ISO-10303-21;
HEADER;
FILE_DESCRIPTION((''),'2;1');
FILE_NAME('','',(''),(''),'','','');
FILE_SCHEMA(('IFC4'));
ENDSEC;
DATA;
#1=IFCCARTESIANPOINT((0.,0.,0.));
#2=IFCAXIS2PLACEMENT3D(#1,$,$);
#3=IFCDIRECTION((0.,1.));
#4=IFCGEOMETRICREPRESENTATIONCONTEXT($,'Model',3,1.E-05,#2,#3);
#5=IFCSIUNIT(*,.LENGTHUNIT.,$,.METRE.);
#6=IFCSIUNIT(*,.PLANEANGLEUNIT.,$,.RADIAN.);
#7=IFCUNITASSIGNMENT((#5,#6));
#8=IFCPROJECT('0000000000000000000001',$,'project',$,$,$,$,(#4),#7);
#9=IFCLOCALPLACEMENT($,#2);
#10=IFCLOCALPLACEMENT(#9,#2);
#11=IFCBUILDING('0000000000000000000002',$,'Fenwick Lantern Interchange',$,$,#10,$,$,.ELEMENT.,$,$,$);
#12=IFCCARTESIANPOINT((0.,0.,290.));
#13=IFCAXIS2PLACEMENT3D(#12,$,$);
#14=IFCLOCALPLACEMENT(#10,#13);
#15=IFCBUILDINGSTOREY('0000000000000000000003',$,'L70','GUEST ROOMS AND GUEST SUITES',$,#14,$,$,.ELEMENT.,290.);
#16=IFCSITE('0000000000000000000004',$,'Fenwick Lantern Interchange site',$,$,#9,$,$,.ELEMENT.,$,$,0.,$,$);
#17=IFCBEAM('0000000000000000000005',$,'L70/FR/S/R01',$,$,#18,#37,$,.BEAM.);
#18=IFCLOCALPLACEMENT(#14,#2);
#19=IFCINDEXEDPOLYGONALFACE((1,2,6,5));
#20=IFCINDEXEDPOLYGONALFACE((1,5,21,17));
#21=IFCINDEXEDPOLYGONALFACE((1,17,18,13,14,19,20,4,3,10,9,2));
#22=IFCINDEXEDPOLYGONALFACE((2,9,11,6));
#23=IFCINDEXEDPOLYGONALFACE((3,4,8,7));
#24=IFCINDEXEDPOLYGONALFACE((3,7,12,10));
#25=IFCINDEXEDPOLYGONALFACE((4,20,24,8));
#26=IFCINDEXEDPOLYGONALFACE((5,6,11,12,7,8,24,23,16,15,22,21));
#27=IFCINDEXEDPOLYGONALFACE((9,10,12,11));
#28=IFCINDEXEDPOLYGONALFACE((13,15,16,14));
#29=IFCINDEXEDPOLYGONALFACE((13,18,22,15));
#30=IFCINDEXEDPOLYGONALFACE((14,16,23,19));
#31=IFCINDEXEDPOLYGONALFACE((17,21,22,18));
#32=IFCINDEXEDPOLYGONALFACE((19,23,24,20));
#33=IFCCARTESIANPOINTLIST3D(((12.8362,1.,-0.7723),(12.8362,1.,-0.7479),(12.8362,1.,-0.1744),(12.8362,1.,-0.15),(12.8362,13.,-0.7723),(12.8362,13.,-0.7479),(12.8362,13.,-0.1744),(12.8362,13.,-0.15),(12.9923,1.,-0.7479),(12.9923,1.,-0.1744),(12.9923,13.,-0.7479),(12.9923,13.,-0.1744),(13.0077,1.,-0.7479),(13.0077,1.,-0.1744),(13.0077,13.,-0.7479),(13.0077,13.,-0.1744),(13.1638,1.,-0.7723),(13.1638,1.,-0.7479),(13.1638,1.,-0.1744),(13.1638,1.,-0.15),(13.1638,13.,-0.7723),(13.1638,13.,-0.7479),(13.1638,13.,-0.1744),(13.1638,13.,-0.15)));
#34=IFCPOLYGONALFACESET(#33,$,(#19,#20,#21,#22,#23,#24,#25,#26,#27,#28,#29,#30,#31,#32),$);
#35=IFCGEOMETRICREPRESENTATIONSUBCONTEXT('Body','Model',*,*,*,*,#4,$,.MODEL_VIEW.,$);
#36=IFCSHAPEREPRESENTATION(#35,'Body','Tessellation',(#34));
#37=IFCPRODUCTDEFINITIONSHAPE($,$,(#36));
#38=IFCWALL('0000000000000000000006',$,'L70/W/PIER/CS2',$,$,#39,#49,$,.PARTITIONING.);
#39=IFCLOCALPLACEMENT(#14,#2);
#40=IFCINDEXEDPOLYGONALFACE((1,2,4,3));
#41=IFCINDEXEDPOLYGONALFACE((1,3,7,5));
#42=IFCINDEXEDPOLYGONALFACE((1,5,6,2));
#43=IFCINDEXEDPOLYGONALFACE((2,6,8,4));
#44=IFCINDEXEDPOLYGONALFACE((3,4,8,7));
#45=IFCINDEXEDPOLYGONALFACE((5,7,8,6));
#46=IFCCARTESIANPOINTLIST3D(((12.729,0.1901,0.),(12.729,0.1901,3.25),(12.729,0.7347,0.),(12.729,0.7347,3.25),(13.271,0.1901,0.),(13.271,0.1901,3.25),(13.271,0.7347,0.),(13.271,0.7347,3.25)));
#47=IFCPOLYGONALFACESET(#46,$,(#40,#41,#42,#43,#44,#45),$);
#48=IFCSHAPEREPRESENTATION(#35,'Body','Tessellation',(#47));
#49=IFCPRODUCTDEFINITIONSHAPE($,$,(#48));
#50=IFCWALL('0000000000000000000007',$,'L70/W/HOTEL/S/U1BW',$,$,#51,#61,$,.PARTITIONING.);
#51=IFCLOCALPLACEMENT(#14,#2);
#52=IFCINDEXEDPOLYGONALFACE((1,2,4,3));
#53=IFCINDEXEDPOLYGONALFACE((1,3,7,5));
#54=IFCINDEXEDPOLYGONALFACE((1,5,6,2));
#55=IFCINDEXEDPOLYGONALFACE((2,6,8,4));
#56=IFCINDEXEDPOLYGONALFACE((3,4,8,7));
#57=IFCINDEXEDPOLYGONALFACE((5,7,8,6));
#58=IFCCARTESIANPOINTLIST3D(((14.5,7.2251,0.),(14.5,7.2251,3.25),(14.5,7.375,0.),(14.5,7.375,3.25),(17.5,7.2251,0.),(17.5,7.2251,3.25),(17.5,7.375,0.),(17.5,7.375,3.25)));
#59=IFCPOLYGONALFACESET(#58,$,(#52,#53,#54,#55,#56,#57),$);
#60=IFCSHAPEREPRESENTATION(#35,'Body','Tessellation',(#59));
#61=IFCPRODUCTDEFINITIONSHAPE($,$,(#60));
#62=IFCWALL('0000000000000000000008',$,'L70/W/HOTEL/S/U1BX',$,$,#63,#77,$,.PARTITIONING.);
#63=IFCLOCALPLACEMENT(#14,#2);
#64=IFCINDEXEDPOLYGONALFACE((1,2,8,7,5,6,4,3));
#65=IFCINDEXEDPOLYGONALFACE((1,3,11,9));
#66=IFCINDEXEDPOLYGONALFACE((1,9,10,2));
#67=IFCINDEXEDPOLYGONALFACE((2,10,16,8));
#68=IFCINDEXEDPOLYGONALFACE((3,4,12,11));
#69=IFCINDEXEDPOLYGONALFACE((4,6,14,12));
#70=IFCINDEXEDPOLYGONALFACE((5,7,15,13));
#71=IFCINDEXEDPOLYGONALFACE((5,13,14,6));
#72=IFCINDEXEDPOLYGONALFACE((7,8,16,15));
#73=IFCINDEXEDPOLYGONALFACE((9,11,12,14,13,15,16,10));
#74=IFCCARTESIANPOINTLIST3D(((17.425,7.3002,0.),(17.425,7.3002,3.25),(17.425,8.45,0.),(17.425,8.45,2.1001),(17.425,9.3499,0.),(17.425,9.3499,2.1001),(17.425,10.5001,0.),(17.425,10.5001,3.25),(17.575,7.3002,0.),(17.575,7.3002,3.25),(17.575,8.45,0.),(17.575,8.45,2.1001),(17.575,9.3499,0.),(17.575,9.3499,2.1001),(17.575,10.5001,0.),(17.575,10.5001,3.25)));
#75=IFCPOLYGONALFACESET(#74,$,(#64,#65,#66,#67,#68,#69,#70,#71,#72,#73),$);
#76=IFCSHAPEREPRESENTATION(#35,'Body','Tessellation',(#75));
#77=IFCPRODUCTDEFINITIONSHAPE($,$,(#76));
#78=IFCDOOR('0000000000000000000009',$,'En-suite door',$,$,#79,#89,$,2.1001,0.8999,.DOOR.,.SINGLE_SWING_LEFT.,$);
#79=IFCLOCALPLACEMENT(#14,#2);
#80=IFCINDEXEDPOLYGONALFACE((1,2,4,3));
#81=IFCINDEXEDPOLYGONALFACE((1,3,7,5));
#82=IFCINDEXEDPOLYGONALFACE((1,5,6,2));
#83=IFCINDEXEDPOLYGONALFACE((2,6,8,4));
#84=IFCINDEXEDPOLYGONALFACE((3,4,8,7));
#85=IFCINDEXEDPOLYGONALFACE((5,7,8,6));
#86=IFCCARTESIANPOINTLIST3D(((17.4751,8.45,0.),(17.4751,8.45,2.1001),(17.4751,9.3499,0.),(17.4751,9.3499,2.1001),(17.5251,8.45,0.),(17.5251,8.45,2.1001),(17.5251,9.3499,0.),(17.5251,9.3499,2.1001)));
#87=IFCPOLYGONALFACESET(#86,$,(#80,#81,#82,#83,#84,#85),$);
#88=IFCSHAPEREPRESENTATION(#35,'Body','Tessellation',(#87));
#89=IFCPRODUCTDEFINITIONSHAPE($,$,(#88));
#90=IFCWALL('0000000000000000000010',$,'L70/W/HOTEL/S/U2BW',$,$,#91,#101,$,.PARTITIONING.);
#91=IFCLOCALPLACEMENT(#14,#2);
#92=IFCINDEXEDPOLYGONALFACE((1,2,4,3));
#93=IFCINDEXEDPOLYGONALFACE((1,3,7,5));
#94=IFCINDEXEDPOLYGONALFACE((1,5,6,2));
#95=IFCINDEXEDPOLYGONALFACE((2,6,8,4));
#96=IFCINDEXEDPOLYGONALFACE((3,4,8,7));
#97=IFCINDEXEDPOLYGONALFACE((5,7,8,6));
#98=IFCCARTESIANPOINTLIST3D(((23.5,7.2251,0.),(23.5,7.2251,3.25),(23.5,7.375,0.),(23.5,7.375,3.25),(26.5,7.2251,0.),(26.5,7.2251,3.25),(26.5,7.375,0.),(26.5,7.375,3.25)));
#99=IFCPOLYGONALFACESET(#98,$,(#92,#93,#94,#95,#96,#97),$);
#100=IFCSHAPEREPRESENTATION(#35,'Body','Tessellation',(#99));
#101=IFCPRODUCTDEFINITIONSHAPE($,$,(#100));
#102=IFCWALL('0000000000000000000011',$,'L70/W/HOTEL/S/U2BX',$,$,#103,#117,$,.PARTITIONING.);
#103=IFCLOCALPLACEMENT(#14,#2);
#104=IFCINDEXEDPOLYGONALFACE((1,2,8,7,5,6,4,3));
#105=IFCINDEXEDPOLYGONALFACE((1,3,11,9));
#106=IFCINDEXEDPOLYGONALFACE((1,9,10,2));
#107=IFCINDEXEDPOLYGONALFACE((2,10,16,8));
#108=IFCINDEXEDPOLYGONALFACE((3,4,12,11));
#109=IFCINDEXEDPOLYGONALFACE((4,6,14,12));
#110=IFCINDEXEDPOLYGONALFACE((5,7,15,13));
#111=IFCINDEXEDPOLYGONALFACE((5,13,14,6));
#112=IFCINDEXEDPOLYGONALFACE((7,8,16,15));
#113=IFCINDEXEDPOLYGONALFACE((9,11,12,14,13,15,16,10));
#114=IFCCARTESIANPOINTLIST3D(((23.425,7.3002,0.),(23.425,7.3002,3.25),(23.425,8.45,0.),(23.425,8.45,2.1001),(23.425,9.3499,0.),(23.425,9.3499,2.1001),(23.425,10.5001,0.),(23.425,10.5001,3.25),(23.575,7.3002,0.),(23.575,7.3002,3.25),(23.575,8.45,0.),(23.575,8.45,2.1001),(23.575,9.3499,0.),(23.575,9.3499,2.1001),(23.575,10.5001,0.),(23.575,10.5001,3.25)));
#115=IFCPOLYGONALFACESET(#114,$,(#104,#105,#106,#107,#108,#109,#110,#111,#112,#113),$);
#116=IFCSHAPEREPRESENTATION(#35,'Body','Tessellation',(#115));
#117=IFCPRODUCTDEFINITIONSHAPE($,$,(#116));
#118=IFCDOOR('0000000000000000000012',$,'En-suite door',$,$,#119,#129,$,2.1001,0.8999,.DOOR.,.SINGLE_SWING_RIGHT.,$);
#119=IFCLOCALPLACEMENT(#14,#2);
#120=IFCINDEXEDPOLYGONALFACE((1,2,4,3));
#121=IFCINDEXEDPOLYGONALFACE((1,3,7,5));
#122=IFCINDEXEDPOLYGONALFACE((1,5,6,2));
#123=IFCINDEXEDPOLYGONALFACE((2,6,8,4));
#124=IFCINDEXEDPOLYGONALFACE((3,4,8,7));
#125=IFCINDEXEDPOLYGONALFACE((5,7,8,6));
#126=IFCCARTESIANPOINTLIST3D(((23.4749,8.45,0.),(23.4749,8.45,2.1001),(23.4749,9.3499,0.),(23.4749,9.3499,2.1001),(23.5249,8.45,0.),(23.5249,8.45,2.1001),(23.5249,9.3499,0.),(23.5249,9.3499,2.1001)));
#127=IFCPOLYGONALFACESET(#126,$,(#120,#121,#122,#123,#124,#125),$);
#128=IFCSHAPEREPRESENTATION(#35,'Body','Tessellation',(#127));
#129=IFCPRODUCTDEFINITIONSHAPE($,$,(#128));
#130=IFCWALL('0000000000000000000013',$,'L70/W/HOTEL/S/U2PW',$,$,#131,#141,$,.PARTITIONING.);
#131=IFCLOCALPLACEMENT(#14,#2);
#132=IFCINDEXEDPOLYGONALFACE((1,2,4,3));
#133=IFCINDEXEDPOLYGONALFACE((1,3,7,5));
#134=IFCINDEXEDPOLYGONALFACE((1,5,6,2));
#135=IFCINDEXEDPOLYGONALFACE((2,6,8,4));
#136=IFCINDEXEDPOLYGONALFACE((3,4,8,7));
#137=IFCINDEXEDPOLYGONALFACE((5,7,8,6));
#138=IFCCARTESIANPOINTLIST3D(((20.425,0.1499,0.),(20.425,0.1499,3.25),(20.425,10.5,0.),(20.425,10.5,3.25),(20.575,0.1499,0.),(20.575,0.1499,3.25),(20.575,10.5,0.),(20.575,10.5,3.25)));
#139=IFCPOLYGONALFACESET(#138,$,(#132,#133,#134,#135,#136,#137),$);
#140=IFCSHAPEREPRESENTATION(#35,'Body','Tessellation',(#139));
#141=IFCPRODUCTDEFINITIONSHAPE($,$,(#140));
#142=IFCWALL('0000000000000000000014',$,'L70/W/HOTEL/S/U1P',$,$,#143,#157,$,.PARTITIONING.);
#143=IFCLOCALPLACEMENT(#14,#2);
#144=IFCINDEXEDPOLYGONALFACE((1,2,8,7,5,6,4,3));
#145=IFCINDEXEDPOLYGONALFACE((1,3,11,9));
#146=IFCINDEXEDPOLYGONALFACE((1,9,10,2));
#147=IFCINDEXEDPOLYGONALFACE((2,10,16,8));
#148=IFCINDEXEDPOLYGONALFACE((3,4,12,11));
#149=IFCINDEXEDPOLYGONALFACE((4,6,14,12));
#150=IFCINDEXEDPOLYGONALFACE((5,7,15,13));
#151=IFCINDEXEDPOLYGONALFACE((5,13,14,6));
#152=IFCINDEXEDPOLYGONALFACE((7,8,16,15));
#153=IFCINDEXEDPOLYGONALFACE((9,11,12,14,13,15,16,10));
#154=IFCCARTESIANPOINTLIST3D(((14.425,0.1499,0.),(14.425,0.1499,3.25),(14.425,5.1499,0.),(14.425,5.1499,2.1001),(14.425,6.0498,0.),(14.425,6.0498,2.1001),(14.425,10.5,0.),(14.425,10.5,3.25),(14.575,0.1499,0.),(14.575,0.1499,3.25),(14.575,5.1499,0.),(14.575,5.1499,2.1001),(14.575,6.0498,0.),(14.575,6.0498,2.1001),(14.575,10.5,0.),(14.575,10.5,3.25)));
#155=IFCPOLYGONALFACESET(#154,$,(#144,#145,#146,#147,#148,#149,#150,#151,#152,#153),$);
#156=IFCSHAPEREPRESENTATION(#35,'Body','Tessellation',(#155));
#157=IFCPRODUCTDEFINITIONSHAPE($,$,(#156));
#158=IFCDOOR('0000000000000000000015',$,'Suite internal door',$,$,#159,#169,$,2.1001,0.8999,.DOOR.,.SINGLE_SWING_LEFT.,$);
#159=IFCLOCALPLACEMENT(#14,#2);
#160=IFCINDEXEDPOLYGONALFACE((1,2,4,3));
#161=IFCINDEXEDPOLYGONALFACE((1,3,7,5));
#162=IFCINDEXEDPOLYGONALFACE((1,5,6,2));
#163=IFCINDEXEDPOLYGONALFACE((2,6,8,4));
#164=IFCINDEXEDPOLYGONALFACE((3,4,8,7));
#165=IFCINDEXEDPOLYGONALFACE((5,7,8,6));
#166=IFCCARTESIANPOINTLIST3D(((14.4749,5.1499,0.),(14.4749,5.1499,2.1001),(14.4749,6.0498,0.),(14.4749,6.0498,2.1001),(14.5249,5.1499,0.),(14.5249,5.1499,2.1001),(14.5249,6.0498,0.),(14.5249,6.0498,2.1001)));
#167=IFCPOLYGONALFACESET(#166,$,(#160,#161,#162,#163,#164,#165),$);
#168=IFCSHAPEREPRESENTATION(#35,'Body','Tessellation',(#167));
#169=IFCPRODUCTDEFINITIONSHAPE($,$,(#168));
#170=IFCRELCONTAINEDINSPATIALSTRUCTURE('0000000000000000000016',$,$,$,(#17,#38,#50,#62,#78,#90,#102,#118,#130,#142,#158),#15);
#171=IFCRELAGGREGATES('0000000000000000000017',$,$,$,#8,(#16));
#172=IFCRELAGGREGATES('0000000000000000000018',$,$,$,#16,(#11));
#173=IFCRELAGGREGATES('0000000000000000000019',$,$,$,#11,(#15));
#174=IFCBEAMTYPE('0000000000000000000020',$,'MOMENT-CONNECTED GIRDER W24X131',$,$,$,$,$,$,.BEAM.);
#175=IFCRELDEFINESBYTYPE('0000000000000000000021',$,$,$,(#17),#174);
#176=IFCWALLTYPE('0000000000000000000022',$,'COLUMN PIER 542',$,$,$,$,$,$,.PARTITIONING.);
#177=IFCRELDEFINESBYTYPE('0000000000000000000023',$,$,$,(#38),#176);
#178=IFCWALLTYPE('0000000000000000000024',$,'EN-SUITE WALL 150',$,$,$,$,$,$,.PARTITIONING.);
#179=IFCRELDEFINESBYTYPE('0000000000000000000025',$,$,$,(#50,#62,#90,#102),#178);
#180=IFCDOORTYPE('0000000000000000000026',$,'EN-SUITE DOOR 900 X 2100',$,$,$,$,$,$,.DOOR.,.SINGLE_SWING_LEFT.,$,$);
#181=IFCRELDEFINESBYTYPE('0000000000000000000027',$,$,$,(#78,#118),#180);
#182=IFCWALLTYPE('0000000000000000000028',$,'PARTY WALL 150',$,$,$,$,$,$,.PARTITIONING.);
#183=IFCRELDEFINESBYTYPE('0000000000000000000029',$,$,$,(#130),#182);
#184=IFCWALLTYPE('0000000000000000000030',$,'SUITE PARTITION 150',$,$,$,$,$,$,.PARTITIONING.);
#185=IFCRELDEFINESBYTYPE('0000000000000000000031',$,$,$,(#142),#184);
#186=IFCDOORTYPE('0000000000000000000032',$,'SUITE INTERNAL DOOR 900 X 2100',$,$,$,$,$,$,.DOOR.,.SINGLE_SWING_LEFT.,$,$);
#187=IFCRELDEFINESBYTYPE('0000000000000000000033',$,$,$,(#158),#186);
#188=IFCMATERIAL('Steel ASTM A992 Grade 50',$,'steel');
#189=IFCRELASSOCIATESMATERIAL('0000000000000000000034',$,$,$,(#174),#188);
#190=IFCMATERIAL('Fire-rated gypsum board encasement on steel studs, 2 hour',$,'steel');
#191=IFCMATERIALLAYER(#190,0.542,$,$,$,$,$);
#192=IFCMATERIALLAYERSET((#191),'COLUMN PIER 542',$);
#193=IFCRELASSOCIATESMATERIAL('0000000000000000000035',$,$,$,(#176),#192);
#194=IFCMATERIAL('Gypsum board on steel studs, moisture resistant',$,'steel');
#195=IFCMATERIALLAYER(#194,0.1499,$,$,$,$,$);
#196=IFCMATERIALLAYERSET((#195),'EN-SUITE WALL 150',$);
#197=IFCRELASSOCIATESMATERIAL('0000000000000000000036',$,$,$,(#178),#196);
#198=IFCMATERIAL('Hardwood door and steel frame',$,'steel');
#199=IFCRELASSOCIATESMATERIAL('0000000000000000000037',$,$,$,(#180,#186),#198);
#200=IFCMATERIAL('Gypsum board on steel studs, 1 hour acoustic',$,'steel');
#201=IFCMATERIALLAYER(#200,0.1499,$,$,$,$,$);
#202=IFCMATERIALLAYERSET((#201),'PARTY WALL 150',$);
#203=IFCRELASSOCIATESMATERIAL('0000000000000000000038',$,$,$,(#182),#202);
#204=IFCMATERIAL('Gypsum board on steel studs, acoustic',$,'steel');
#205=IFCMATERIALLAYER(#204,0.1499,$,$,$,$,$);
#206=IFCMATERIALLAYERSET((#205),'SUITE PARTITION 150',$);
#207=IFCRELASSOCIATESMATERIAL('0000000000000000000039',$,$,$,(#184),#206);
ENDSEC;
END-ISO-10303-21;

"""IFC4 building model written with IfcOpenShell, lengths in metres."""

from ifc_helpers import new_model, si_unit, direction, frame, frame_2d, origin, origin_2d, place, context, subcontext, project, spatial, rectangle, i_section, extrude, material, layer, layer_set, material_profile, profile_set, type_object, element, fill, save


model = new_model("IFC4")

# Units and contexts
model_context = context("Model", 3, precision=1e-05, world=origin(), true_north=direction((0.0, 1.0)))
body_context = subcontext(model_context, "Body", "Model", "MODEL_VIEW")
ifc_project = project(units=[si_unit("LENGTHUNIT", "METRE"), si_unit("PLANEANGLEUNIT", "RADIAN")], contexts=[model_context])

# Site, building, storey
site_placement = place(None, origin())
site = spatial("IfcSite", under=ifc_project, at=site_placement, Name="Fenwick Lantern Interchange site", CompositionType="ELEMENT", RefElevation=0.0)
building_placement = place(site_placement, origin())
building = spatial("IfcBuilding", under=site, at=building_placement, Name="Fenwick Lantern Interchange", CompositionType="ELEMENT")
storey_placement = place(building_placement, frame((0.0, 0.0, 290.0)))
storey = spatial("IfcBuildingStorey", under=building, at=storey_placement, Name="L70", Description="GUEST ROOMS AND GUEST SUITES", CompositionType="ELEMENT", Elevation=290.0)

# Shared definitions
ifc_material_1 = material(Name="Steel ASTM A992 Grade 50", Category="steel")

# Beam
ifc_material_profile_1 = material_profile(ifc_material_1, i_section(OverallWidth=0.3276, OverallDepth=0.6223, WebThickness=0.0154, FlangeThickness=0.0244, at=origin_2d()), Name="W24X131")
ifc_profile_set_1 = profile_set([ifc_material_profile_1], Name="Steel ASTM A992 Grade 50")
beam_type_1 = type_object("IfcBeamType", Name="MOMENT-CONNECTED GIRDER W24X131", PredefinedType="BEAM", material=ifc_profile_set_1)
beam_1_placement = place(storey_placement, frame((13.0, 1.0, -0.4612), z_axis=(0.0, 1.0, 0.0), x_axis=(-1.0, 0.0, 0.0)))
element("IfcBeam", 1, at=beam_1_placement, inside=storey, type_object=beam_type_1, Name="L70/FR/S/R01", PredefinedType="BEAM", context=body_context, shape_type="SweptSolid", body=[
    extrude(i_section(OverallWidth=0.3276, OverallDepth=0.6223, WebThickness=0.0154, FlangeThickness=0.0244, at=origin_2d()), origin(), (0.0, 0.0, 1.0), 12.0),
])

# Walls
ifc_material_2 = material(Name="Fire-rated gypsum board encasement on steel studs, 2 hour", Category="steel")
ifc_layer_1 = layer(ifc_material_2, 0.542)
ifc_layer_set_1 = layer_set([ifc_layer_1], Name="COLUMN PIER 542")
wall_type_1 = type_object("IfcWallType", Name="COLUMN PIER 542", PredefinedType="PARTITIONING", material=ifc_layer_set_1)
wall_1_placement = place(storey_placement, frame((13.0, 0.1899, 0.0), z_axis=(0.0, 0.0, 1.0), x_axis=(0.0, 1.0, 0.0)))
element("IfcWall", 2, at=wall_1_placement, inside=storey, type_object=wall_type_1, Name="L70/W/PIER/CS2", PredefinedType="PARTITIONING", context=body_context, shape_type="SweptSolid", body=[
    extrude(rectangle(XDim=0.5447, YDim=0.542, at=frame_2d((0.2725, 0.0))), origin(), (0.0, 0.0, 1.0), 3.25),
])
ifc_material_3 = material(Name="Gypsum board on steel studs, moisture resistant", Category="steel")
ifc_layer_2 = layer(ifc_material_3, 0.1499)
ifc_layer_set_2 = layer_set([ifc_layer_2], Name="EN-SUITE WALL 150")
wall_type_2 = type_object("IfcWallType", Name="EN-SUITE WALL 150", PredefinedType="PARTITIONING", material=ifc_layer_set_2)
wall_2_placement = place(storey_placement, frame((14.5, 7.3, 0.0), z_axis=(0.0, 0.0, 1.0), x_axis=(1.0, 0.0, 0.0)))
element("IfcWall", 3, at=wall_2_placement, inside=storey, type_object=wall_type_2, Name="L70/W/HOTEL/S/U1BW", PredefinedType="PARTITIONING", context=body_context, shape_type="SweptSolid", body=[
    extrude(rectangle(XDim=3.0, YDim=0.1499, at=frame_2d((1.5, 0.0))), origin(), (0.0, 0.0, 1.0), 3.25),
])

# Wall, opening, door
wall_3_placement = place(storey_placement, frame((17.5, 7.3, 0.0), z_axis=(0.0, 0.0, 1.0), x_axis=(0.0, 1.0, 0.0)))
wall_3 = element("IfcWall", 4, at=wall_3_placement, inside=storey, type_object=wall_type_2, Name="L70/W/HOTEL/S/U1BX", PredefinedType="PARTITIONING", context=body_context, shape_type="SweptSolid", body=[
    extrude(rectangle(XDim=3.2, YDim=0.1499, at=frame_2d((1.6001, 0.0))), origin(), (0.0, 0.0, 1.0), 3.25),
])
opening_1_placement = place(wall_3_placement, frame((1.1499, 0.0, 0.0)))
opening_1 = element("IfcOpeningElement", 5, at=opening_1_placement, cuts=wall_3, PredefinedType="OPENING", context=body_context, shape_type="SweptSolid", body=[
    extrude(rectangle(XDim=0.8999, YDim=2.1001, at=frame_2d((0.45, 1.05))), frame((0.0, 0.085, 0.0), z_axis=(0.0, -1.0, 0.0), x_axis=(1.0, 0.0, 0.0)), (0.0, 0.0, 1.0), 0.1699),
])
ifc_material_4 = material(Name="Hardwood door and steel frame", Category="steel")
door_type_1 = type_object("IfcDoorType", Name="EN-SUITE DOOR 900 X 2100", OperationType="SINGLE_SWING_LEFT", PredefinedType="DOOR", material=ifc_material_4)
door_1_placement = place(opening_1_placement, origin())
door_1 = element("IfcDoor", 6, at=door_1_placement, inside=storey, type_object=door_type_1, Name="En-suite door", OperationType="SINGLE_SWING_LEFT", OverallHeight=2.1001, OverallWidth=0.8999, PredefinedType="DOOR", context=body_context, shape_type="SweptSolid", body=[
    extrude(rectangle(XDim=0.8999, YDim=2.1001, at=frame_2d((0.45, 1.05))), frame((0.0, 0.0249, 0.0), z_axis=(0.0, -1.0, 0.0), x_axis=(1.0, 0.0, 0.0)), (0.0, 0.0, 1.0), 0.05),
])
fill(opening_1, door_1)

# Wall
wall_4_placement = place(storey_placement, frame((23.5, 7.3, 0.0), z_axis=(0.0, 0.0, 1.0), x_axis=(1.0, 0.0, 0.0)))
element("IfcWall", 7, at=wall_4_placement, inside=storey, type_object=wall_type_2, Name="L70/W/HOTEL/S/U2BW", PredefinedType="PARTITIONING", context=body_context, shape_type="SweptSolid", body=[
    extrude(rectangle(XDim=3.0, YDim=0.1499, at=frame_2d((1.5, 0.0))), origin(), (0.0, 0.0, 1.0), 3.25),
])

# Wall, opening, door
wall_5_placement = place(storey_placement, frame((23.5, 7.3, 0.0), z_axis=(0.0, 0.0, 1.0), x_axis=(0.0, 1.0, 0.0)))
wall_5 = element("IfcWall", 8, at=wall_5_placement, inside=storey, type_object=wall_type_2, Name="L70/W/HOTEL/S/U2BX", PredefinedType="PARTITIONING", context=body_context, shape_type="SweptSolid", body=[
    extrude(rectangle(XDim=3.2, YDim=0.1499, at=frame_2d((1.6001, 0.0))), origin(), (0.0, 0.0, 1.0), 3.25),
])
opening_2_placement = place(wall_5_placement, frame((1.1499, 0.0, 0.0)))
opening_2 = element("IfcOpeningElement", 9, at=opening_2_placement, cuts=wall_5, PredefinedType="OPENING", context=body_context, shape_type="SweptSolid", body=[
    extrude(rectangle(XDim=0.8999, YDim=2.1001, at=frame_2d((0.45, 1.05))), frame((0.0, 0.085, 0.0), z_axis=(0.0, -1.0, 0.0), x_axis=(1.0, 0.0, 0.0)), (0.0, 0.0, 1.0), 0.1699),
])
door_2_placement = place(opening_2_placement, frame((0.8999, 0.0, 0.0), z_axis=(0.0, 0.0, 1.0), x_axis=(-1.0, 0.0, 0.0)))
door_2 = element("IfcDoor", 10, at=door_2_placement, inside=storey, type_object=door_type_1, Name="En-suite door", OperationType="SINGLE_SWING_RIGHT", OverallHeight=2.1001, OverallWidth=0.8999, PredefinedType="DOOR", context=body_context, shape_type="SweptSolid", body=[
    extrude(rectangle(XDim=0.8999, YDim=2.1001, at=frame_2d((0.45, 1.05))), frame((0.0, 0.0249, 0.0), z_axis=(0.0, -1.0, 0.0), x_axis=(1.0, 0.0, 0.0)), (0.0, 0.0, 1.0), 0.05),
])
fill(opening_2, door_2)

# Wall
ifc_material_5 = material(Name="Gypsum board on steel studs, 1 hour acoustic", Category="steel")
ifc_layer_3 = layer(ifc_material_5, 0.1499)
ifc_layer_set_3 = layer_set([ifc_layer_3], Name="PARTY WALL 150")
wall_type_3 = type_object("IfcWallType", Name="PARTY WALL 150", PredefinedType="PARTITIONING", material=ifc_layer_set_3)
wall_6_placement = place(storey_placement, frame((20.5, 0.1499, 0.0), z_axis=(0.0, 0.0, 1.0), x_axis=(0.0, 1.0, 0.0)))
element("IfcWall", 11, at=wall_6_placement, inside=storey, type_object=wall_type_3, Name="L70/W/HOTEL/S/U2PW", PredefinedType="PARTITIONING", context=body_context, shape_type="SweptSolid", body=[
    extrude(rectangle(XDim=10.3501, YDim=0.1499, at=frame_2d((5.175, 0.0))), origin(), (0.0, 0.0, 1.0), 3.25),
])

# Wall, opening, door
ifc_material_6 = material(Name="Gypsum board on steel studs, acoustic", Category="steel")
ifc_layer_4 = layer(ifc_material_6, 0.1499)
ifc_layer_set_4 = layer_set([ifc_layer_4], Name="SUITE PARTITION 150")
wall_type_4 = type_object("IfcWallType", Name="SUITE PARTITION 150", PredefinedType="PARTITIONING", material=ifc_layer_set_4)
wall_7_placement = place(storey_placement, frame((14.5, 0.1499, 0.0), z_axis=(0.0, 0.0, 1.0), x_axis=(0.0, 1.0, 0.0)))
wall_7 = element("IfcWall", 12, at=wall_7_placement, inside=storey, type_object=wall_type_4, Name="L70/W/HOTEL/S/U1P", PredefinedType="PARTITIONING", context=body_context, shape_type="SweptSolid", body=[
    extrude(rectangle(XDim=10.3501, YDim=0.1499, at=frame_2d((5.175, 0.0))), origin(), (0.0, 0.0, 1.0), 3.25),
])
opening_3_placement = place(wall_7_placement, frame((5.0, 0.0, 0.0)))
opening_3 = element("IfcOpeningElement", 13, at=opening_3_placement, cuts=wall_7, PredefinedType="OPENING", context=body_context, shape_type="SweptSolid", body=[
    extrude(rectangle(XDim=0.8999, YDim=2.1001, at=frame_2d((0.45, 1.05))), frame((0.0, 0.085, 0.0), z_axis=(0.0, -1.0, 0.0), x_axis=(1.0, 0.0, 0.0)), (0.0, 0.0, 1.0), 0.1699),
])
door_type_2 = type_object("IfcDoorType", Name="SUITE INTERNAL DOOR 900 X 2100", OperationType="SINGLE_SWING_LEFT", PredefinedType="DOOR", material=ifc_material_4)
door_3_placement = place(opening_3_placement, frame((0.8999, 0.0, 0.0), z_axis=(0.0, 0.0, 1.0), x_axis=(-1.0, 0.0, 0.0)))
door_3 = element("IfcDoor", 14, at=door_3_placement, inside=storey, type_object=door_type_2, Name="Suite internal door", OperationType="SINGLE_SWING_LEFT", OverallHeight=2.1001, OverallWidth=0.8999, PredefinedType="DOOR", context=body_context, shape_type="SweptSolid", body=[
    extrude(rectangle(XDim=0.8999, YDim=2.1001, at=frame_2d((0.45, 1.05))), frame((0.0, 0.0249, 0.0), z_axis=(0.0, -1.0, 0.0), x_axis=(1.0, 0.0, 0.0)), (0.0, 0.0, 1.0), 0.05),
])
fill(opening_3, door_3)

save(model, "model.ifc")
